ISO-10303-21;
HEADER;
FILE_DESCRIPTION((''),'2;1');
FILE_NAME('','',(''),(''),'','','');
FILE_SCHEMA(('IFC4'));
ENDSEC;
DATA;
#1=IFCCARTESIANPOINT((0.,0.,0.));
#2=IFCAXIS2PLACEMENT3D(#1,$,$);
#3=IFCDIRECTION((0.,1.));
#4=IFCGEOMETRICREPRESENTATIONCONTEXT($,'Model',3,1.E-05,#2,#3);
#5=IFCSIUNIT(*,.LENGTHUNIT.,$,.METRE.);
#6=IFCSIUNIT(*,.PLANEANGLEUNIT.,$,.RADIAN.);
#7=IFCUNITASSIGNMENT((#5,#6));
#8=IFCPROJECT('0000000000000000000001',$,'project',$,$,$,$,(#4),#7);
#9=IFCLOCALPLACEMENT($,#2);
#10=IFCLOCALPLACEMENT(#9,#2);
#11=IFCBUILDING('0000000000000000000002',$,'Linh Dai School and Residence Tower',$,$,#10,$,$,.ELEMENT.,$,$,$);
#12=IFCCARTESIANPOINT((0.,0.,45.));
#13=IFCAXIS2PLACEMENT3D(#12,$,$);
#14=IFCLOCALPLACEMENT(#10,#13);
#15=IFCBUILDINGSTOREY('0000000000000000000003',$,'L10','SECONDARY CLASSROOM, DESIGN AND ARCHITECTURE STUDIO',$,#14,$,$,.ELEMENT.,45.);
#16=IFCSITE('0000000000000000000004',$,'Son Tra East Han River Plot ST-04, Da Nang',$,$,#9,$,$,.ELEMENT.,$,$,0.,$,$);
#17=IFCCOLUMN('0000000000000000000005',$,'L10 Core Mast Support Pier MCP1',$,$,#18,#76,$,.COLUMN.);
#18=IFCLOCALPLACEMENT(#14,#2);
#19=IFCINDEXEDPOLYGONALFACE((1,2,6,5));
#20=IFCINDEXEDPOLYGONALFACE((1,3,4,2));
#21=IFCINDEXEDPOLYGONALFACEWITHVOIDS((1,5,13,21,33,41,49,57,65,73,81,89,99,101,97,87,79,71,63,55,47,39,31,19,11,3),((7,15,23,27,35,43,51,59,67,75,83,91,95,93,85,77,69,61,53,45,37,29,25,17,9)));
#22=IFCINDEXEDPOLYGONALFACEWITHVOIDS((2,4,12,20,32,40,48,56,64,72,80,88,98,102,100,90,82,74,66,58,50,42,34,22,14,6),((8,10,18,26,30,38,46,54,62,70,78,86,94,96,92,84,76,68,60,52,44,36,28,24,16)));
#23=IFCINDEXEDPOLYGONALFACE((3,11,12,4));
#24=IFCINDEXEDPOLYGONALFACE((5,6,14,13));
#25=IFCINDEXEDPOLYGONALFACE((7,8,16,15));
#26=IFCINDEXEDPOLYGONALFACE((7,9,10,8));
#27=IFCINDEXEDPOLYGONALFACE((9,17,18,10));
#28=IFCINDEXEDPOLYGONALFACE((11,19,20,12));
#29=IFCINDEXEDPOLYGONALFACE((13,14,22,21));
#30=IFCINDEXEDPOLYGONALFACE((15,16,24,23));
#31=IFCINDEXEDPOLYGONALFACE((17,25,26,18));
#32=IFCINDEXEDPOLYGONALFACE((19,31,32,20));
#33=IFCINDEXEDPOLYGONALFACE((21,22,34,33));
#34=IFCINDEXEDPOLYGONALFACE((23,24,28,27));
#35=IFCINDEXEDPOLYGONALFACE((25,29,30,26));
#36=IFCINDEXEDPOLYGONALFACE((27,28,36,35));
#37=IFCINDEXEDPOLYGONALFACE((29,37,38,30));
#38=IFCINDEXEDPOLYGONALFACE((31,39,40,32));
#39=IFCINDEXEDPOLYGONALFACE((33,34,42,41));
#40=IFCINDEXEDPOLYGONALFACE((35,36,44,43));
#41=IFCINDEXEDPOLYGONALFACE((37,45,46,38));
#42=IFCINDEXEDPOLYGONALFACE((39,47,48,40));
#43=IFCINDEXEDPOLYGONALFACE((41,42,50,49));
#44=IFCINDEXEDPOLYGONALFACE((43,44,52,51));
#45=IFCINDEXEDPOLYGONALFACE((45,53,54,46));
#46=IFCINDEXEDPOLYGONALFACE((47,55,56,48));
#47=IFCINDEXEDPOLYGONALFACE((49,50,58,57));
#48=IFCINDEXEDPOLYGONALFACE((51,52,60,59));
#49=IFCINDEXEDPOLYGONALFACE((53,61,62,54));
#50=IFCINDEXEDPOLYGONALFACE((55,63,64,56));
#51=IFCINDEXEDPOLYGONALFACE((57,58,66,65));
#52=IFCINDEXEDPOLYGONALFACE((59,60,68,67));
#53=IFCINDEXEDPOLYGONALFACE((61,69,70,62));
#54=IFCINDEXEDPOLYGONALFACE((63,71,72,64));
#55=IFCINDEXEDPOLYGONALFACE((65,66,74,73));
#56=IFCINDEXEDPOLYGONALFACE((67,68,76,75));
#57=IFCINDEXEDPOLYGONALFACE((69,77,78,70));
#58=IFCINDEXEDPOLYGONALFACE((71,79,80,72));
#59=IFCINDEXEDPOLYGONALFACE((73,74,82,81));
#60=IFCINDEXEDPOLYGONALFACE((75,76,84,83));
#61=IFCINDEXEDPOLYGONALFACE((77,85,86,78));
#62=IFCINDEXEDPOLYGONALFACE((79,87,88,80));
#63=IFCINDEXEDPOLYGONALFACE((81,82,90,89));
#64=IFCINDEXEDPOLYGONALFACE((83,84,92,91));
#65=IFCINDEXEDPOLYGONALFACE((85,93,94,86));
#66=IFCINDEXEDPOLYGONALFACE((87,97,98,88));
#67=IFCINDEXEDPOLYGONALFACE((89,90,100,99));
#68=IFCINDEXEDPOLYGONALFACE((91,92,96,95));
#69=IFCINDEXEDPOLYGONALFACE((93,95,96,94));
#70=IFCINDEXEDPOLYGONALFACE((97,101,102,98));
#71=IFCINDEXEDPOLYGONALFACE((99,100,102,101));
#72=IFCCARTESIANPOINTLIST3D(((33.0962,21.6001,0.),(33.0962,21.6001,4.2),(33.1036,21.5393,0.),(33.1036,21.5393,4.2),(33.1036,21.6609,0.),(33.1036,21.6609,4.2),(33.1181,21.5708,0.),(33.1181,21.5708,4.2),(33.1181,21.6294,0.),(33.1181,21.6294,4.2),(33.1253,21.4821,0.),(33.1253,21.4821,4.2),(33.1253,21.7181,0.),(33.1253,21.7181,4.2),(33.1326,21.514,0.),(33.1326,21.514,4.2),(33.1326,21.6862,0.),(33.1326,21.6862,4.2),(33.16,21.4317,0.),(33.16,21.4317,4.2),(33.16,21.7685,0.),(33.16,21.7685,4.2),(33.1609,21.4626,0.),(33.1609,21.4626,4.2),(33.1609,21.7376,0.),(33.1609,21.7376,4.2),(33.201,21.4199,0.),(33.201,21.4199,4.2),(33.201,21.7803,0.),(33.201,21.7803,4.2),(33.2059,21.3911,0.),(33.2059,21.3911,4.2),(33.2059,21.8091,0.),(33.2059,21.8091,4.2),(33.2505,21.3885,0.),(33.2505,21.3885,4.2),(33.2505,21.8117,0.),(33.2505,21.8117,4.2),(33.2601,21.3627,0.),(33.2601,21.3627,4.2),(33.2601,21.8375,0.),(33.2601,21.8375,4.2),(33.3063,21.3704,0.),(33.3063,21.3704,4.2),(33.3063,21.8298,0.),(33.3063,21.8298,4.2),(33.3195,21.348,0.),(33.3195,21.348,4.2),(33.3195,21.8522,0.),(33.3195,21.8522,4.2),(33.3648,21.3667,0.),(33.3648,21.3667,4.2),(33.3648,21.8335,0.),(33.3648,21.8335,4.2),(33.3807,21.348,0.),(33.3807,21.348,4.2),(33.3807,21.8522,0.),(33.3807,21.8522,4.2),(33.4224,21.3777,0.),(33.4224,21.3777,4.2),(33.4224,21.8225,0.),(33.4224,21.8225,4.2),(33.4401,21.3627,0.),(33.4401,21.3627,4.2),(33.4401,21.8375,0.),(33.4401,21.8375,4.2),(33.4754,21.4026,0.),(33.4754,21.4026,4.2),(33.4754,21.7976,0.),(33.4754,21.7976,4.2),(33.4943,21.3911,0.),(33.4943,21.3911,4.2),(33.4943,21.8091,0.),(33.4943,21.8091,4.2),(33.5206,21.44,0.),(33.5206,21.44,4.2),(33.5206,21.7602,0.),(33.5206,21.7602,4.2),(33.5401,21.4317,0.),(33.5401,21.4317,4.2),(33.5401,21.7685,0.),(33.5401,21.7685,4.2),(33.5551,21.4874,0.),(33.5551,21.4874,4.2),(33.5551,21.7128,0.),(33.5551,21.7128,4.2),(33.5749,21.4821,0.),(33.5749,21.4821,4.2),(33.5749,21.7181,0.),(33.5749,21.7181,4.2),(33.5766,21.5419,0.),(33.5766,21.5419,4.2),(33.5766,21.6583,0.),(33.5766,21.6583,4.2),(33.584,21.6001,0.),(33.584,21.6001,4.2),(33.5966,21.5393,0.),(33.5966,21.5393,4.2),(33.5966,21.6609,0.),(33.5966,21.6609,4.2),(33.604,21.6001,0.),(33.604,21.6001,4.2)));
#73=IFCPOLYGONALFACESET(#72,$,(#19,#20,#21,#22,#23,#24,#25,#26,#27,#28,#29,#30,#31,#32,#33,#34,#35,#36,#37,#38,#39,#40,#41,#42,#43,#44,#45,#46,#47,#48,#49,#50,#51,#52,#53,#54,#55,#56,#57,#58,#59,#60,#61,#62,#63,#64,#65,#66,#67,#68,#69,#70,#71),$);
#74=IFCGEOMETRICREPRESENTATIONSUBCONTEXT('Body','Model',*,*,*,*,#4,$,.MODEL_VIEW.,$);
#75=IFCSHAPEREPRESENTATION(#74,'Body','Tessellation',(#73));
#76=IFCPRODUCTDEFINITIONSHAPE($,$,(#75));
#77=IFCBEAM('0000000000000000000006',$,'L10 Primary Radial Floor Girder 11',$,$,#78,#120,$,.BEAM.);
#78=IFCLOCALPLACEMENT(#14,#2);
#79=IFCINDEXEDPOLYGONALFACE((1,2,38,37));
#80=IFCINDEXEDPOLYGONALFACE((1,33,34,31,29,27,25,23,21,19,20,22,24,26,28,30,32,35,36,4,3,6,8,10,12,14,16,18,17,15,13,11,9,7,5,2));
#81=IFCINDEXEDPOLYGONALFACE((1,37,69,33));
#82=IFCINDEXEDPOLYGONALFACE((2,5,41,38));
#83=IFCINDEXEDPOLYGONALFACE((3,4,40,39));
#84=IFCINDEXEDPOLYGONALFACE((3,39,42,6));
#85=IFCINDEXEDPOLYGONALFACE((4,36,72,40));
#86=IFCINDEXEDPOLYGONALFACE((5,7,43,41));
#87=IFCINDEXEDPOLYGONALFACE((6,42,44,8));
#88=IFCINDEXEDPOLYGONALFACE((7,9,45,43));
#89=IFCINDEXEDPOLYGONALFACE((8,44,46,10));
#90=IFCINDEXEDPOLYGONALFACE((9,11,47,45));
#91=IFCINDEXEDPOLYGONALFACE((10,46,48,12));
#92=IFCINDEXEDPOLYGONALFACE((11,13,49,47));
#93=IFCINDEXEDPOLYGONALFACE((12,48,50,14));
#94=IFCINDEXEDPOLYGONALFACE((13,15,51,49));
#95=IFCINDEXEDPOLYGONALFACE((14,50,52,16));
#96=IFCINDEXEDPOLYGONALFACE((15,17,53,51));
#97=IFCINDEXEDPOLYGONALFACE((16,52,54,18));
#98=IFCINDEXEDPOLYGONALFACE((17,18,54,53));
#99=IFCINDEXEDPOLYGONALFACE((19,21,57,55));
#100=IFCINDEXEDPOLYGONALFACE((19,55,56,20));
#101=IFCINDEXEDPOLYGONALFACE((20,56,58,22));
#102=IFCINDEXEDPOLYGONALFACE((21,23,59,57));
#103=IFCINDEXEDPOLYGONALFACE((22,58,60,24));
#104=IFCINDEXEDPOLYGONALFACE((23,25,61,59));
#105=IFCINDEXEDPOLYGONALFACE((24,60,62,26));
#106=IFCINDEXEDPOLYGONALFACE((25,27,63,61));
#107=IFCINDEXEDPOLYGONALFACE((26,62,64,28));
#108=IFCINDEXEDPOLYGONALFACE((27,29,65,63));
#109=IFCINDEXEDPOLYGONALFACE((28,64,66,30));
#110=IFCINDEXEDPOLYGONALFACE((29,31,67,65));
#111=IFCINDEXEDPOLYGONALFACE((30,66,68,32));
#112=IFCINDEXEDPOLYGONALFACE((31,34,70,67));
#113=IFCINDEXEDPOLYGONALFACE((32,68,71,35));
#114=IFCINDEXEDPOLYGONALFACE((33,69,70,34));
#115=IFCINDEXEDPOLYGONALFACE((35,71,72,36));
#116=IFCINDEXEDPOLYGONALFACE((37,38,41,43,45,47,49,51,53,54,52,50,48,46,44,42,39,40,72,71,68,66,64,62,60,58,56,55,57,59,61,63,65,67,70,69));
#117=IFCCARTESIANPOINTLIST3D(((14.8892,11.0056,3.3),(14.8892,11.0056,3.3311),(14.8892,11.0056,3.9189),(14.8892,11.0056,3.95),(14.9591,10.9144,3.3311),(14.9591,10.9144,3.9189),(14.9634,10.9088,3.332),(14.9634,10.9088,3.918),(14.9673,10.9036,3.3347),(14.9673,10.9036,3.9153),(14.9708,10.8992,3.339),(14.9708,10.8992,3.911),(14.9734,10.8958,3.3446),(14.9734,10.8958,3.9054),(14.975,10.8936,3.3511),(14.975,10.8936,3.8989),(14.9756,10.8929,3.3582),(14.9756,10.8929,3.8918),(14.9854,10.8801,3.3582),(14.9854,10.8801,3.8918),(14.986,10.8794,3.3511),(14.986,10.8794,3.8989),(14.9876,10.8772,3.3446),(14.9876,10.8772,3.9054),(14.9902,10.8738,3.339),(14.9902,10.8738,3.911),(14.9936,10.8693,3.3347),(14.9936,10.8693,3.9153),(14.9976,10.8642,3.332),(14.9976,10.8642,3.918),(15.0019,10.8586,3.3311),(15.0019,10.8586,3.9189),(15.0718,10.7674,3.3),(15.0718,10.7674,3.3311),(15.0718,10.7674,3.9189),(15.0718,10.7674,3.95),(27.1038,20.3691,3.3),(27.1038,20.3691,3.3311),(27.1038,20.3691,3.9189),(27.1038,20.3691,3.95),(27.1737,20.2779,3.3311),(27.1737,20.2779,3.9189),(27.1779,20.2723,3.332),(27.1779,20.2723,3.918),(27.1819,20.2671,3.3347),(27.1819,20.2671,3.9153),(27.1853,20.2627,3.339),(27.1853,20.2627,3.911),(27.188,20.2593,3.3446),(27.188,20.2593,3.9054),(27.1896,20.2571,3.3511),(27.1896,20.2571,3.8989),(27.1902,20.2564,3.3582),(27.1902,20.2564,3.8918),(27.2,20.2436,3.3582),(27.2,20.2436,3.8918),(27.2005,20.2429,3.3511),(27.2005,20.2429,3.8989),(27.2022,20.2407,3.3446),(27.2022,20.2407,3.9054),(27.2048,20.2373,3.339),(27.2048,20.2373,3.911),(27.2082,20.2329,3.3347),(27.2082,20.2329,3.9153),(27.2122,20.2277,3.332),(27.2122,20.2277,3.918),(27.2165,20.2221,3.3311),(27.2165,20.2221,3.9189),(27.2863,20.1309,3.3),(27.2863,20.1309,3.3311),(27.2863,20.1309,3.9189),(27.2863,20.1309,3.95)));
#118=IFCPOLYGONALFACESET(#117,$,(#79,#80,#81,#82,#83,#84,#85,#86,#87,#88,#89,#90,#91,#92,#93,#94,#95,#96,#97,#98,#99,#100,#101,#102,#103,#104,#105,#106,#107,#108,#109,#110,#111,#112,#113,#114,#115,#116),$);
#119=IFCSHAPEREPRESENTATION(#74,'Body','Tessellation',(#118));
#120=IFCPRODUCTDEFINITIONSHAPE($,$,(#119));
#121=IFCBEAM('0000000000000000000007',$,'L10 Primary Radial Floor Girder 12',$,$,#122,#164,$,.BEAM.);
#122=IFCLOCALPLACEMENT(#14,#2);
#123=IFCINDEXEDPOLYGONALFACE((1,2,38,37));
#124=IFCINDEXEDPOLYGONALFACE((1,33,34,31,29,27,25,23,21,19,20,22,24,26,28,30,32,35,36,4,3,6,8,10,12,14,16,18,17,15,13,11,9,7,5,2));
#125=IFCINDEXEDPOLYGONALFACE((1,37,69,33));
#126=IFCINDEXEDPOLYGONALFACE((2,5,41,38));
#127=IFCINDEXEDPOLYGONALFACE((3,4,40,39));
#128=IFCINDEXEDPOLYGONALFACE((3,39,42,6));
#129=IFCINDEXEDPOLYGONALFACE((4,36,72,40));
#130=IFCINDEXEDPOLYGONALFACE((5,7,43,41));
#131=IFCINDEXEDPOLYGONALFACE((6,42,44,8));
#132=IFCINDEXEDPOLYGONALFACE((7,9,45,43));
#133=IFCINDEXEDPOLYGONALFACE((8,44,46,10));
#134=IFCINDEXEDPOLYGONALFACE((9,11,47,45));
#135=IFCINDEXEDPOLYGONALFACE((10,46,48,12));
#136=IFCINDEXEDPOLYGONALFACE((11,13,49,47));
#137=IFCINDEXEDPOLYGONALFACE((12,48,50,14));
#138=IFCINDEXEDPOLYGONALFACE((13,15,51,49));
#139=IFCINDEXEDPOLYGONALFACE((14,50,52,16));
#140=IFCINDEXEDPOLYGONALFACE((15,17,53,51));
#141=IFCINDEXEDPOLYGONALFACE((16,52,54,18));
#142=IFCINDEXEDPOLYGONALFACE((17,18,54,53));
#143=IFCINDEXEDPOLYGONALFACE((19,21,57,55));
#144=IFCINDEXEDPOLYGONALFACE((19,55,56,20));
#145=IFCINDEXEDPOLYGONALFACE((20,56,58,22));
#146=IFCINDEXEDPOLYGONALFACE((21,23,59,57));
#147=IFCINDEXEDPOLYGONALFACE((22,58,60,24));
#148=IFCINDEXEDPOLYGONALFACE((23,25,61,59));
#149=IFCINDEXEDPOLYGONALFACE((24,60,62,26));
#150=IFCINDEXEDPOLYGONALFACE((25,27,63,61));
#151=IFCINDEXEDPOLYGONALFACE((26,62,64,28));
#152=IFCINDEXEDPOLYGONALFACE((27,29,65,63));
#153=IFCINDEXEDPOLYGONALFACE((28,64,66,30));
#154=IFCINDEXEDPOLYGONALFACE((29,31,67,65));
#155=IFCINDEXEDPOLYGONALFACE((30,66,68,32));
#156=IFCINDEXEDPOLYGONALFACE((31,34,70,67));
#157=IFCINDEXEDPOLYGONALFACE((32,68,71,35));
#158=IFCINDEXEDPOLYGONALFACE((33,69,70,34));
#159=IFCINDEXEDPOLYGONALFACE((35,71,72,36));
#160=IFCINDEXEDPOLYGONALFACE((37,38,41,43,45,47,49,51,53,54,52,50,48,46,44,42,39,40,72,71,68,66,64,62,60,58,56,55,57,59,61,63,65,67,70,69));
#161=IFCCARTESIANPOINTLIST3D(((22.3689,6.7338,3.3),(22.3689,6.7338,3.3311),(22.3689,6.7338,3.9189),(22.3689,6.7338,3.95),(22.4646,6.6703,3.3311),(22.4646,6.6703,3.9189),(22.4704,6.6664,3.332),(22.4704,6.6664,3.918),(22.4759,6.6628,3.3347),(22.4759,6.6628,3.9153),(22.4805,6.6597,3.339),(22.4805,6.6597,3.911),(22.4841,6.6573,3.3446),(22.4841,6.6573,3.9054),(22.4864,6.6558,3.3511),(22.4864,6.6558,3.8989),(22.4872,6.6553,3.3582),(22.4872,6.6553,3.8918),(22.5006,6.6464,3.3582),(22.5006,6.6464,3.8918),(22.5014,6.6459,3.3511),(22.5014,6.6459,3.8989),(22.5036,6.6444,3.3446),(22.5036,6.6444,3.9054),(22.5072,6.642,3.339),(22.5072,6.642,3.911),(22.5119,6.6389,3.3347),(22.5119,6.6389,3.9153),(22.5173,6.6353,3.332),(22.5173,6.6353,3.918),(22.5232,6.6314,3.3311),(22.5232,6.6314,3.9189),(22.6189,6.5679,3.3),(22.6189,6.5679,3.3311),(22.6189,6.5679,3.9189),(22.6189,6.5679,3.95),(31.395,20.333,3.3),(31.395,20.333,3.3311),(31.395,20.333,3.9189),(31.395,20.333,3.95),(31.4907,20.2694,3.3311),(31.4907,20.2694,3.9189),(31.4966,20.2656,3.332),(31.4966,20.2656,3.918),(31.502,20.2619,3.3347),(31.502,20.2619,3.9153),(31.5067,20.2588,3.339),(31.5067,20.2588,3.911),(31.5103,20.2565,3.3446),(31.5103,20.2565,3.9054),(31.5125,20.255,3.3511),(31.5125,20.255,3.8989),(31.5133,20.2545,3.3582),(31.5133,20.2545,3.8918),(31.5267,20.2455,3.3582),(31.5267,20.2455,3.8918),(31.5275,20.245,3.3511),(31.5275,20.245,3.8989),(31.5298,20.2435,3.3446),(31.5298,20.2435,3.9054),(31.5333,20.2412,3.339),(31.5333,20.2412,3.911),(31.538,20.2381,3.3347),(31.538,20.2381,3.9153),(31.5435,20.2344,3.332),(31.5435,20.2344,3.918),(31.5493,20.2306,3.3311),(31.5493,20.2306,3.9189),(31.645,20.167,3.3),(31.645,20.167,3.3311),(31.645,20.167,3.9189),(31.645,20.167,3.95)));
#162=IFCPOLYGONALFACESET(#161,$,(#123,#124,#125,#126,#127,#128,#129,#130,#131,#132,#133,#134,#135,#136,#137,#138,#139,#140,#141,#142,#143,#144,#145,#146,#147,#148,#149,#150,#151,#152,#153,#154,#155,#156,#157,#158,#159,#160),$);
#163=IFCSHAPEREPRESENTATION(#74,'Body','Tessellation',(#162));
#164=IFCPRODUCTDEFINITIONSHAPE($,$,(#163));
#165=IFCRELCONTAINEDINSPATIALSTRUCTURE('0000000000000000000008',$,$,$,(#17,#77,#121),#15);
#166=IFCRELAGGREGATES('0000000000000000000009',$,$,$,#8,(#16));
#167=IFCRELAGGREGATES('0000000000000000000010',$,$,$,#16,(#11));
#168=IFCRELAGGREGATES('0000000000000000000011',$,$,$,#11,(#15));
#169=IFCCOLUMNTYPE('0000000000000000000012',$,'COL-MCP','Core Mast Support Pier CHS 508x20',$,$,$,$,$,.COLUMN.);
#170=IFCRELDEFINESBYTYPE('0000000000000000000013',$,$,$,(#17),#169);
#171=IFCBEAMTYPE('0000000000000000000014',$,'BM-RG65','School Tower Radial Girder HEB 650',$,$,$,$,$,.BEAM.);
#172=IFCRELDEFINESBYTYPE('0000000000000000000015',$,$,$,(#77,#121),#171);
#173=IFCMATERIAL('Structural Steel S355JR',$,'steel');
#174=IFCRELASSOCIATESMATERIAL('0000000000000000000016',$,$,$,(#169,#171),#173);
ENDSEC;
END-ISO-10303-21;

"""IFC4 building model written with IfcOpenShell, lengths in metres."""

from ifc_helpers import new_model, si_unit, direction, frame, origin, origin_2d, place, context, subcontext, project, spatial, hollow_circle, i_section, extrude, material, material_profile, profile_set, type_object, element, save


model = new_model("IFC4")

# Units and contexts
model_context = context("Model", 3, precision=1e-05, world=origin(), true_north=direction((0.0, 1.0)))
body_context = subcontext(model_context, "Body", "Model", "MODEL_VIEW")
ifc_project = project(units=[si_unit("LENGTHUNIT", "METRE"), si_unit("PLANEANGLEUNIT", "RADIAN")], contexts=[model_context])

# Site, building, storey
site_placement = place(None, origin())
site = spatial("IfcSite", under=ifc_project, at=site_placement, Name="Son Tra East Han River Plot ST-04, Da Nang", CompositionType="ELEMENT", RefElevation=0.0)
building_placement = place(site_placement, origin())
building = spatial("IfcBuilding", under=site, at=building_placement, Name="Linh Dai School and Residence Tower", CompositionType="ELEMENT")
storey_placement = place(building_placement, frame((0.0, 0.0, 45.0)))
storey = spatial("IfcBuildingStorey", under=building, at=storey_placement, Name="L10", Description="SECONDARY CLASSROOM, DESIGN AND ARCHITECTURE STUDIO", CompositionType="ELEMENT", Elevation=45.0)

# Column
ifc_material_1 = material(Name="Structural Steel S355JR", Category="steel")
ifc_material_profile_1 = material_profile(ifc_material_1, hollow_circle(Radius=0.2539, WallThickness=0.02, at=origin_2d()), Name="CHS 508x20")
ifc_profile_set_1 = profile_set([ifc_material_profile_1], Name="Structural Steel S355JR")
column_type = type_object("IfcColumnType", Name="COL-MCP", Description="Core Mast Support Pier CHS 508x20", PredefinedType="COLUMN", material=ifc_profile_set_1)
column_placement = place(storey_placement, frame((33.3501, 21.6001, 0.0), z_axis=(0.0, 0.0, 1.0), x_axis=(1.0, 0.0, 0.0)))
element("IfcColumn", 1, at=column_placement, inside=storey, type_object=column_type, Name="L10 Core Mast Support Pier MCP1", PredefinedType="COLUMN", context=body_context, shape_type="SweptSolid", body=[
    extrude(hollow_circle(Radius=0.2539, WallThickness=0.02, at=origin_2d()), origin(), (0.0, 0.0, 1.0), 4.2),
])

# Beams
ifc_material_profile_2 = material_profile(ifc_material_1, i_section(OverallWidth=0.3, OverallDepth=0.6499, WebThickness=0.0161, FlangeThickness=0.031, FilletRadius=0.0271, at=origin_2d()), Name="HEB 650")
ifc_profile_set_2 = profile_set([ifc_material_profile_2], Name="Structural Steel S355JR")
beam_type_1 = type_object("IfcBeamType", Name="BM-RG65", Description="School Tower Radial Girder HEB 650", PredefinedType="BEAM", material=ifc_profile_set_2)
beam_1_placement = place(storey_placement, frame((27.1951, 20.25, 3.625), z_axis=(-0.793638, -0.608391, 0.0), x_axis=(0.608391, -0.793638, 0.0)))
element("IfcBeam", 2, at=beam_1_placement, inside=storey, type_object=beam_type_1, Name="L10 Primary Radial Floor Girder 11", PredefinedType="BEAM", context=body_context, shape_type="SweptSolid", body=[
    extrude(i_section(OverallWidth=0.3, OverallDepth=0.6499, WebThickness=0.0161, FlangeThickness=0.031, FilletRadius=0.0271, at=origin_2d()), origin(), (0.0, 0.0, 1.0), 15.3906),
])
beam_2_placement = place(storey_placement, frame((31.52, 20.25, 3.625), z_axis=(-0.553004, -0.833178, 0.0), x_axis=(0.833178, -0.553004, 0.0)))
element("IfcBeam", 3, at=beam_2_placement, inside=storey, type_object=beam_type_1, Name="L10 Primary Radial Floor Girder 12", PredefinedType="BEAM", context=body_context, shape_type="SweptSolid", body=[
    extrude(i_section(OverallWidth=0.3, OverallDepth=0.6499, WebThickness=0.0161, FlangeThickness=0.031, FilletRadius=0.0271, at=origin_2d()), origin(), (0.0, 0.0, 1.0), 16.322),
])

save(model, "model.ifc")
